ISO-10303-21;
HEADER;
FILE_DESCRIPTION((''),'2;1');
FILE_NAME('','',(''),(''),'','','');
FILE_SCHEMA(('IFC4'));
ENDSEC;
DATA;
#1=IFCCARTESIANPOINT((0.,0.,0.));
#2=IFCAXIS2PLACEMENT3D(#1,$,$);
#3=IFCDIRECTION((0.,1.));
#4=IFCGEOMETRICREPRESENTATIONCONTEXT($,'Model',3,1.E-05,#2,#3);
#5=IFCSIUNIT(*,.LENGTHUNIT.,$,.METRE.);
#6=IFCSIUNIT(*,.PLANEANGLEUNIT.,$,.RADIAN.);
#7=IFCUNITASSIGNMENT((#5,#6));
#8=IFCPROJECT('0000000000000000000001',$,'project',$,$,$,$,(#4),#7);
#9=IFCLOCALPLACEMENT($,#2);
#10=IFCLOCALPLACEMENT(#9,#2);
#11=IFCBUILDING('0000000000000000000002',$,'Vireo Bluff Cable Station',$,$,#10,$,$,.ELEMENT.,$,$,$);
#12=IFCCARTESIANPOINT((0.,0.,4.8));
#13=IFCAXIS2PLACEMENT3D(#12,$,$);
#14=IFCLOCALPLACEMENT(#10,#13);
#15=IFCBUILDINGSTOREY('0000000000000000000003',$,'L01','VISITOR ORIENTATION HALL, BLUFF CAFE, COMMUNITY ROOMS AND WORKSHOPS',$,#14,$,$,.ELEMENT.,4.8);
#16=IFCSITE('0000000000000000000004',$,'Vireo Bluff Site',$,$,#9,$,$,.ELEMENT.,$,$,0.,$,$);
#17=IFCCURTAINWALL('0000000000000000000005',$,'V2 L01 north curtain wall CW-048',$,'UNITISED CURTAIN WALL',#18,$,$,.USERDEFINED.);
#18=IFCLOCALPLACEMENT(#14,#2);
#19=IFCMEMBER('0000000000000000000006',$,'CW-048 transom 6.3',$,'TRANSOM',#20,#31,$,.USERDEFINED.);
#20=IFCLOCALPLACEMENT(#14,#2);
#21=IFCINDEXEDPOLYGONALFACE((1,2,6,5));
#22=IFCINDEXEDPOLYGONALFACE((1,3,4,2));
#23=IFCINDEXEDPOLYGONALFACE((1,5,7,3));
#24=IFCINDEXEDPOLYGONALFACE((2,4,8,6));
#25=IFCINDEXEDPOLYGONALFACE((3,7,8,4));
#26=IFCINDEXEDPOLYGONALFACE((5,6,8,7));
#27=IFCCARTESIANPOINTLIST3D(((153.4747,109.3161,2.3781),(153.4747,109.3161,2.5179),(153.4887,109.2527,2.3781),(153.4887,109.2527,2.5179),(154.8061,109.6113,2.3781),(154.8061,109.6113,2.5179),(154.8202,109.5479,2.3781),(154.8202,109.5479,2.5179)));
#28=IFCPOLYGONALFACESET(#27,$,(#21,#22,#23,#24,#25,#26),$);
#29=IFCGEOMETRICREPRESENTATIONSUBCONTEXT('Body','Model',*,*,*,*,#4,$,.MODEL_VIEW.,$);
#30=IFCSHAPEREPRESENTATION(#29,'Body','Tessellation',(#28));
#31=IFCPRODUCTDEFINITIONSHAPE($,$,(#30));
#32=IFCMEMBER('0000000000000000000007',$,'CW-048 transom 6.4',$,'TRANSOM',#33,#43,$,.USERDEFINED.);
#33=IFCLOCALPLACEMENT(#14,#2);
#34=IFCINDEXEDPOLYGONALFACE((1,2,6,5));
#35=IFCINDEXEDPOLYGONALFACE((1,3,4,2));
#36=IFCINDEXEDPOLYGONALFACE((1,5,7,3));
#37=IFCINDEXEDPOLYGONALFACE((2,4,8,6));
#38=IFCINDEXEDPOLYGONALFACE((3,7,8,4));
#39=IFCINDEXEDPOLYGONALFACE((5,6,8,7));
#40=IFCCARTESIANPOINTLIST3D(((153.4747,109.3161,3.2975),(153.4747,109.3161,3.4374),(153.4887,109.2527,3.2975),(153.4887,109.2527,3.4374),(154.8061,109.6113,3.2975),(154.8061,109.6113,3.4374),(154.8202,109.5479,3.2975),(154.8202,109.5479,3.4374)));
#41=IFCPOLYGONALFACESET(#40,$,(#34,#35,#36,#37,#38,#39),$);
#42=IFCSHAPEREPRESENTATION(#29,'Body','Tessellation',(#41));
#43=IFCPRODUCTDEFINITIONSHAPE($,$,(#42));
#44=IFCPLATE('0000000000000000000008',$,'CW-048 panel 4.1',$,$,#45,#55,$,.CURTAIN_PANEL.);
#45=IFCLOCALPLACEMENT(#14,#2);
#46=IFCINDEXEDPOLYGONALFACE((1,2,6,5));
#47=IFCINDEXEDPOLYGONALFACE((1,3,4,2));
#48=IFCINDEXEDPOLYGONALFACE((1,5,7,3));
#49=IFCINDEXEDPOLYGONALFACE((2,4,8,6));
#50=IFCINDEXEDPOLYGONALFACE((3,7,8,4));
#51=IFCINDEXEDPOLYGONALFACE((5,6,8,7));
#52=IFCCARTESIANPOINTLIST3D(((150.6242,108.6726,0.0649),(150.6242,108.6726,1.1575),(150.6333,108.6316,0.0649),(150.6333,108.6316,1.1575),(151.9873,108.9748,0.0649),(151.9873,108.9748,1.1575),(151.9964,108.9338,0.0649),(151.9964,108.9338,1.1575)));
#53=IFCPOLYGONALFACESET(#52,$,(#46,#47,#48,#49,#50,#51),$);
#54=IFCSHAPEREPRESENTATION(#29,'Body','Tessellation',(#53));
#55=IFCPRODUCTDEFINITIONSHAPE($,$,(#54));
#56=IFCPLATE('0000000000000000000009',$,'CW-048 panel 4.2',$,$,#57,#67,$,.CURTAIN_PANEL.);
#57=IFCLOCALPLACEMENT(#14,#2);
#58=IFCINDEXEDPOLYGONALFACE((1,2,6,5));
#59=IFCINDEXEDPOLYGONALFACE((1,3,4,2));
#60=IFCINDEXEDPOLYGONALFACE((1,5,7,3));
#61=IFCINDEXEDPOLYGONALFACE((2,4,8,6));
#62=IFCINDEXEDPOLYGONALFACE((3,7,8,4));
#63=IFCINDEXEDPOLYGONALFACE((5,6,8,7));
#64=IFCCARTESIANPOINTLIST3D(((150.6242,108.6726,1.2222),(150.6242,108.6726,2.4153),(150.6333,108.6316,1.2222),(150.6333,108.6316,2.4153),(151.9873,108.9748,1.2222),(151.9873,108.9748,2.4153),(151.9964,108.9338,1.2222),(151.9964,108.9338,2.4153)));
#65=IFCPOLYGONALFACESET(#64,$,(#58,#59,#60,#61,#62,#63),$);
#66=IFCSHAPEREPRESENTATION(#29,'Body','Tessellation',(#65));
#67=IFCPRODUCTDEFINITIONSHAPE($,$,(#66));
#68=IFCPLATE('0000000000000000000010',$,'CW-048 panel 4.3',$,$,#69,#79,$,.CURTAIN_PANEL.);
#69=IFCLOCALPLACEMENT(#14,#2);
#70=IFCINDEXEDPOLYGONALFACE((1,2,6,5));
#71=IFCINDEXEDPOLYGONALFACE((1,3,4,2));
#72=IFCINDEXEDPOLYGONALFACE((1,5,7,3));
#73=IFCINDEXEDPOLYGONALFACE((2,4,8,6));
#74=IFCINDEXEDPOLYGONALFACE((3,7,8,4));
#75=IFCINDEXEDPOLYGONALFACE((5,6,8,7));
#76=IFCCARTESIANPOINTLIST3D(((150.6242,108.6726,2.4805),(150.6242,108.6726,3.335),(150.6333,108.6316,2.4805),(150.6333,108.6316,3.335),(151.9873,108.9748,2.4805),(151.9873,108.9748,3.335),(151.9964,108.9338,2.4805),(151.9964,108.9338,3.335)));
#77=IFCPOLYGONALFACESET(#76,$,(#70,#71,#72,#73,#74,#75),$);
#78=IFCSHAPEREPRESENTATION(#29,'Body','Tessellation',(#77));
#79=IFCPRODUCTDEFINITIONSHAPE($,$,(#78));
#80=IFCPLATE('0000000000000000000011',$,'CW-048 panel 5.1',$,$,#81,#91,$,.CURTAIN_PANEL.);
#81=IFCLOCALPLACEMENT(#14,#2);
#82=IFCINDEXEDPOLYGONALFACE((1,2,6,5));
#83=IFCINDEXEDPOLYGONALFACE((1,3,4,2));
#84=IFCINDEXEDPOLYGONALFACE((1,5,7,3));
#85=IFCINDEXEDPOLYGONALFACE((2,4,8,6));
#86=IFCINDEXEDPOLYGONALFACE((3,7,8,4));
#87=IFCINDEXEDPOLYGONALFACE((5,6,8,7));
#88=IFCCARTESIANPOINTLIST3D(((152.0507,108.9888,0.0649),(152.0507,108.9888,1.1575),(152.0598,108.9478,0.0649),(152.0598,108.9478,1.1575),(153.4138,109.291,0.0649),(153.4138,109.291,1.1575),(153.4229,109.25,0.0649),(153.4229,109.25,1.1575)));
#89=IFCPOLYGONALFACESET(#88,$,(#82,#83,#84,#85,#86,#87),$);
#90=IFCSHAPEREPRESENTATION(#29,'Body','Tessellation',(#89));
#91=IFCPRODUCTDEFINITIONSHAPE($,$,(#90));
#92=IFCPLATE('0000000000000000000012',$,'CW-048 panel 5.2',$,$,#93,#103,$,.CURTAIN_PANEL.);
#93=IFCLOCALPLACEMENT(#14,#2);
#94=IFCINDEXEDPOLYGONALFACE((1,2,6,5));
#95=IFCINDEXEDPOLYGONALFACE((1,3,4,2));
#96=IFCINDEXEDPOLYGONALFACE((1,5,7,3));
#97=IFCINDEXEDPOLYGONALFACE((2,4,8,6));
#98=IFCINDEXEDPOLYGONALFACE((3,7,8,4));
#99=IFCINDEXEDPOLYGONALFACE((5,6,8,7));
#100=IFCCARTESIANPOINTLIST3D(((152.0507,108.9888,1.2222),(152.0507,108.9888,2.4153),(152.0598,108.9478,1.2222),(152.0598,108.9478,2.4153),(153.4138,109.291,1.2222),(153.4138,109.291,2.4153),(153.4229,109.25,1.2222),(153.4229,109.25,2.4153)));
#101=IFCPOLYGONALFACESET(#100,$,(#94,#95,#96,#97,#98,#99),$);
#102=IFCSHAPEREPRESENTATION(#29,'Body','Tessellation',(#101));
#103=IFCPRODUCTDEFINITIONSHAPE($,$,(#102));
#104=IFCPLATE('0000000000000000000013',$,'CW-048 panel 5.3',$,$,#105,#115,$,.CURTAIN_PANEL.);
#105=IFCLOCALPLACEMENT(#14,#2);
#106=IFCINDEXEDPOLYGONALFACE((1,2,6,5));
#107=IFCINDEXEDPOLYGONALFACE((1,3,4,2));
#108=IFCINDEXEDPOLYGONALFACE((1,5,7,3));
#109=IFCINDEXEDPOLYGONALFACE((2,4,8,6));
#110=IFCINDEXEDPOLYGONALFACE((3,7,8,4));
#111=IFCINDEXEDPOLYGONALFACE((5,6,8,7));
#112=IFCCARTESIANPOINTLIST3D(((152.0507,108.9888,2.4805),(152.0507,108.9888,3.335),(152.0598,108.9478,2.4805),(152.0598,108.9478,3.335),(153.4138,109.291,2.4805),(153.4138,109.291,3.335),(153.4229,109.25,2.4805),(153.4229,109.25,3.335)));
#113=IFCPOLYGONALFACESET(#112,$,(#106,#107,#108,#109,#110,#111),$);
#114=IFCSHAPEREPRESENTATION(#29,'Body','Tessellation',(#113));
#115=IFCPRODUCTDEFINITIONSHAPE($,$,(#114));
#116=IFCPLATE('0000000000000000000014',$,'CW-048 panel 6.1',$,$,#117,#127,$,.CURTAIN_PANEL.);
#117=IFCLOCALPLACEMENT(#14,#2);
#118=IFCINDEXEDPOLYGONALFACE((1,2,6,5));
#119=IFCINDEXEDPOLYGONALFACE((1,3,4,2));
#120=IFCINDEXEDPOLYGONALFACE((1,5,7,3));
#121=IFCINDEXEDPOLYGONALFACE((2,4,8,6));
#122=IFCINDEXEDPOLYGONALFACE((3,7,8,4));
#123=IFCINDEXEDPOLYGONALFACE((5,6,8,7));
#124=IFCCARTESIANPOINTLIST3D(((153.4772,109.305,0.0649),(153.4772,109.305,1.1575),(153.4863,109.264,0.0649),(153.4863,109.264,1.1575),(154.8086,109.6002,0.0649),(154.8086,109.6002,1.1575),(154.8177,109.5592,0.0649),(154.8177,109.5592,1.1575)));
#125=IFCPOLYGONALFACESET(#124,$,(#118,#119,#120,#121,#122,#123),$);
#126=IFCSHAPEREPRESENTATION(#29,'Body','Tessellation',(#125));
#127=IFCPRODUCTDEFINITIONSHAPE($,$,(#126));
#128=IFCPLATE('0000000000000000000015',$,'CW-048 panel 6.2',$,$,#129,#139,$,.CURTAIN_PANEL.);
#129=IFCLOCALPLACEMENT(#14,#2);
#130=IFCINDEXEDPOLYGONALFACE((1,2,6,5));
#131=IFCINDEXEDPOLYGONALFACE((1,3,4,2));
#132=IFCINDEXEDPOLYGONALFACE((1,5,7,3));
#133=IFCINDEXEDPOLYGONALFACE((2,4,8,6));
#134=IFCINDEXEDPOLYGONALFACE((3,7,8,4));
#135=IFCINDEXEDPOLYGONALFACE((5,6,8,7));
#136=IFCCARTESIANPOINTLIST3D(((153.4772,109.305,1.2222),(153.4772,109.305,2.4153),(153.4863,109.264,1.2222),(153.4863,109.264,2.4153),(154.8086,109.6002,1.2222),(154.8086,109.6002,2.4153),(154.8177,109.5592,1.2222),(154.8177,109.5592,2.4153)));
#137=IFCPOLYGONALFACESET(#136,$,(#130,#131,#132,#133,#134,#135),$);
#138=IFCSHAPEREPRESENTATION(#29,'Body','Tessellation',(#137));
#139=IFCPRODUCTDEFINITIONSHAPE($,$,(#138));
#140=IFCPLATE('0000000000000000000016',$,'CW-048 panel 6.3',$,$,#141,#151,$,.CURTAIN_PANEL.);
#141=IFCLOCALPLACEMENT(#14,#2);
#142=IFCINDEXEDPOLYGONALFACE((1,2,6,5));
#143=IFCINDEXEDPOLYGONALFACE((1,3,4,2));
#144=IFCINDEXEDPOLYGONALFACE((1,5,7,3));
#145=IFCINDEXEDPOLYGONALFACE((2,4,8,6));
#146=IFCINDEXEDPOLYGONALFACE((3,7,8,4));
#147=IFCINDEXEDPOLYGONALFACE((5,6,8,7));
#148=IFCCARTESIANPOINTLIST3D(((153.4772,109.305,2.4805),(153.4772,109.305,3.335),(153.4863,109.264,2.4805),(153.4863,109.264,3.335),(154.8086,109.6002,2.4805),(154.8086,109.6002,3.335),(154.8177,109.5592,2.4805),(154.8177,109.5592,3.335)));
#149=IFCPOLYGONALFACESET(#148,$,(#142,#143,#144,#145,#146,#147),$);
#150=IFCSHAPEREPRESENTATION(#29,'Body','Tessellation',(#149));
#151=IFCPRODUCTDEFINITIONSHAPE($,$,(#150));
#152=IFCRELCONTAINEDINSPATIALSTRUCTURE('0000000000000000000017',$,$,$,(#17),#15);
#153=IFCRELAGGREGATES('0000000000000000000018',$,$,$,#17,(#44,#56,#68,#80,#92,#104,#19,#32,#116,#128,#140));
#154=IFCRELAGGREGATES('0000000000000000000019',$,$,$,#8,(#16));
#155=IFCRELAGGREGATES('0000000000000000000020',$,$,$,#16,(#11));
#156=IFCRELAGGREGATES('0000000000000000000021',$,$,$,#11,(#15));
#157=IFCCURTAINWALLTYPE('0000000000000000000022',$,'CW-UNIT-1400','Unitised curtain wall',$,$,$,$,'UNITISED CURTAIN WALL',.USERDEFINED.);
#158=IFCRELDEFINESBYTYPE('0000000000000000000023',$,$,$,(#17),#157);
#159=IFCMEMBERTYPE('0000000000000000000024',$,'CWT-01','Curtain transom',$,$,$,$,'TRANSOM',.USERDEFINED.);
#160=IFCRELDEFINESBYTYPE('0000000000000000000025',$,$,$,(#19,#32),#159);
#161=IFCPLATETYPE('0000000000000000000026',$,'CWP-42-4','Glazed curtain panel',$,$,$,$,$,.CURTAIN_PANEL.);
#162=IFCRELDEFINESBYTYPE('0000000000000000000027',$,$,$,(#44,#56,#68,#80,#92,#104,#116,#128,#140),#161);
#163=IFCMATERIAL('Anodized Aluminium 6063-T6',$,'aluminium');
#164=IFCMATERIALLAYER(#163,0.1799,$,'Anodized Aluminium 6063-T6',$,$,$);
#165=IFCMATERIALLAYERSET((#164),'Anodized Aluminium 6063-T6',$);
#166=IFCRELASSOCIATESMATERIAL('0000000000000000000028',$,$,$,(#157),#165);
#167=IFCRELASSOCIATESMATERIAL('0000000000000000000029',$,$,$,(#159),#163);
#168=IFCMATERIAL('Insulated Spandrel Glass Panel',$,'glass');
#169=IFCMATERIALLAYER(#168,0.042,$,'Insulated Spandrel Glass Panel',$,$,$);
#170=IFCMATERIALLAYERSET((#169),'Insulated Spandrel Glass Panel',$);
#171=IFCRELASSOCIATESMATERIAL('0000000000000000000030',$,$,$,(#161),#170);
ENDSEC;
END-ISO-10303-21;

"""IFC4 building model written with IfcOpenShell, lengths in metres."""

from ifc_helpers import new_model, si_unit, direction, frame, origin, origin_2d, place, context, subcontext, project, spatial, rectangle, extrude, material, layer, layer_set, material_profile, profile_set, type_object, element, aggregate, save


model = new_model("IFC4")

# Units and contexts
model_context = context("Model", 3, precision=1e-05, world=origin(), true_north=direction((0.0, 1.0)))
body_context = subcontext(model_context, "Body", "Model", "MODEL_VIEW")
ifc_project = project(units=[si_unit("LENGTHUNIT", "METRE"), si_unit("PLANEANGLEUNIT", "RADIAN")], contexts=[model_context])

# Site, building, storey
site_placement = place(None, origin())
site = spatial("IfcSite", under=ifc_project, at=site_placement, Name="Vireo Bluff Site", CompositionType="ELEMENT", RefElevation=0.0)
building_placement = place(site_placement, origin())
building = spatial("IfcBuilding", under=site, at=building_placement, Name="Vireo Bluff Cable Station", CompositionType="ELEMENT")
storey_placement = place(building_placement, frame((0.0, 0.0, 4.8)))
storey = spatial("IfcBuildingStorey", under=building, at=storey_placement, Name="L01", Description="VISITOR ORIENTATION HALL, BLUFF CAFE, COMMUNITY ROOMS AND WORKSHOPS", CompositionType="ELEMENT", Elevation=4.8)

# Curtain wall, members, plates
ifc_material_1 = material(Name="Anodized Aluminium 6063-T6", Category="aluminium")
ifc_layer_1 = layer(ifc_material_1, 0.1799, Name="Anodized Aluminium 6063-T6")
ifc_layer_set_1 = layer_set([ifc_layer_1], Name="Anodized Aluminium 6063-T6")
curtain_wall_type = type_object("IfcCurtainWallType", Name="CW-UNIT-1400", Description="Unitised curtain wall", ElementType="UNITISED CURTAIN WALL", PredefinedType="USERDEFINED", material=ifc_layer_set_1)
curtain_wall_placement = place(storey_placement, origin())
curtain_wall = element("IfcCurtainWall", 1, at=curtain_wall_placement, inside=storey, type_object=curtain_wall_type, Name="V2 L01 north curtain wall CW-048", ObjectType="UNITISED CURTAIN WALL", PredefinedType="USERDEFINED")
ifc_material_profile_1 = material_profile(ifc_material_1, rectangle(XDim=0.0649, YDim=0.1399, at=origin_2d()), Name="ALU-T-65X140")
ifc_profile_set_1 = profile_set([ifc_material_profile_1], Name="Anodized Aluminium 6063-T6")
member_type_1 = type_object("IfcMemberType", Name="CWT-01", Description="Curtain transom", ElementType="TRANSOM", PredefinedType="USERDEFINED", material=ifc_profile_set_1)
member_1_placement = place(storey_placement, frame((153.4817, 109.2844, 2.448), z_axis=(0.976301, 0.216419, 0.0), x_axis=(-0.216419, 0.976301, 0.0)))
member_1 = element("IfcMember", 2, at=member_1_placement, type_object=member_type_1, Name="CW-048 transom 6.3", ObjectType="TRANSOM", PredefinedType="USERDEFINED", context=body_context, shape_type="SweptSolid", body=[
    extrude(rectangle(XDim=0.0649, YDim=0.1399, at=origin_2d()), origin(), (0.0, 0.0, 1.0), 1.3638),
])
member_2_placement = place(storey_placement, frame((153.4817, 109.2844, 3.3674), z_axis=(0.976301, 0.216419, 0.0), x_axis=(-0.216419, 0.976301, 0.0)))
member_2 = element("IfcMember", 3, at=member_2_placement, type_object=member_type_1, Name="CW-048 transom 6.4", ObjectType="TRANSOM", PredefinedType="USERDEFINED", context=body_context, shape_type="SweptSolid", body=[
    extrude(rectangle(XDim=0.0649, YDim=0.1399, at=origin_2d()), origin(), (0.0, 0.0, 1.0), 1.3638),
])
ifc_material_2 = material(Name="Insulated Spandrel Glass Panel", Category="glass")
ifc_layer_2 = layer(ifc_material_2, 0.042, Name="Insulated Spandrel Glass Panel")
ifc_layer_set_2 = layer_set([ifc_layer_2], Name="Insulated Spandrel Glass Panel")
plate_type = type_object("IfcPlateType", Name="CWP-42-4", Description="Glazed curtain panel", PredefinedType="CURTAIN_PANEL", material=ifc_layer_set_2)
plate_1_placement = place(storey_placement, frame((151.3103, 108.8032, 0.0649), z_axis=(0.0, 0.0, 1.0), x_axis=(0.976296, 0.21644, 0.0)))
plate_1 = element("IfcPlate", 4, at=plate_1_placement, type_object=plate_type, Name="CW-048 panel 4.1", PredefinedType="CURTAIN_PANEL", context=body_context, shape_type="SweptSolid", body=[
    extrude(rectangle(XDim=1.3962, YDim=0.042, at=origin_2d()), origin(), (0.0, 0.0, 1.0), 1.0925),
])
plate_2_placement = place(storey_placement, frame((151.3103, 108.8032, 1.2222), z_axis=(0.0, 0.0, 1.0), x_axis=(0.976296, 0.21644, 0.0)))
plate_2 = element("IfcPlate", 5, at=plate_2_placement, type_object=plate_type, Name="CW-048 panel 4.2", PredefinedType="CURTAIN_PANEL", context=body_context, shape_type="SweptSolid", body=[
    extrude(rectangle(XDim=1.3962, YDim=0.042, at=origin_2d()), origin(), (0.0, 0.0, 1.0), 1.1931),
])
plate_3_placement = place(storey_placement, frame((151.3103, 108.8032, 2.4805), z_axis=(0.0, 0.0, 1.0), x_axis=(0.976296, 0.21644, 0.0)))
plate_3 = element("IfcPlate", 6, at=plate_3_placement, type_object=plate_type, Name="CW-048 panel 4.3", PredefinedType="CURTAIN_PANEL", context=body_context, shape_type="SweptSolid", body=[
    extrude(rectangle(XDim=1.3962, YDim=0.042, at=origin_2d()), origin(), (0.0, 0.0, 1.0), 0.8545),
])
plate_4_placement = place(storey_placement, frame((152.7368, 109.1194, 0.0649), z_axis=(0.0, 0.0, 1.0), x_axis=(0.976296, 0.21644, 0.0)))
plate_4 = element("IfcPlate", 7, at=plate_4_placement, type_object=plate_type, Name="CW-048 panel 5.1", PredefinedType="CURTAIN_PANEL", context=body_context, shape_type="SweptSolid", body=[
    extrude(rectangle(XDim=1.3962, YDim=0.042, at=origin_2d()), origin(), (0.0, 0.0, 1.0), 1.0925),
])
plate_5_placement = place(storey_placement, frame((152.7368, 109.1194, 1.2222), z_axis=(0.0, 0.0, 1.0), x_axis=(0.976296, 0.21644, 0.0)))
plate_5 = element("IfcPlate", 8, at=plate_5_placement, type_object=plate_type, Name="CW-048 panel 5.2", PredefinedType="CURTAIN_PANEL", context=body_context, shape_type="SweptSolid", body=[
    extrude(rectangle(XDim=1.3962, YDim=0.042, at=origin_2d()), origin(), (0.0, 0.0, 1.0), 1.1931),
])
plate_6_placement = place(storey_placement, frame((152.7368, 109.1194, 2.4805), z_axis=(0.0, 0.0, 1.0), x_axis=(0.976296, 0.21644, 0.0)))
plate_6 = element("IfcPlate", 9, at=plate_6_placement, type_object=plate_type, Name="CW-048 panel 5.3", PredefinedType="CURTAIN_PANEL", context=body_context, shape_type="SweptSolid", body=[
    extrude(rectangle(XDim=1.3962, YDim=0.042, at=origin_2d()), origin(), (0.0, 0.0, 1.0), 0.8545),
])
plate_7_placement = place(storey_placement, frame((154.1475, 109.4321, 0.0649), z_axis=(0.0, 0.0, 1.0), x_axis=(0.976296, 0.21644, 0.0)))
plate_7 = element("IfcPlate", 10, at=plate_7_placement, type_object=plate_type, Name="CW-048 panel 6.1", PredefinedType="CURTAIN_PANEL", context=body_context, shape_type="SweptSolid", body=[
    extrude(rectangle(XDim=1.3638, YDim=0.042, at=origin_2d()), origin(), (0.0, 0.0, 1.0), 1.0925),
])
plate_8_placement = place(storey_placement, frame((154.1475, 109.4321, 1.2222), z_axis=(0.0, 0.0, 1.0), x_axis=(0.976296, 0.21644, 0.0)))
plate_8 = element("IfcPlate", 11, at=plate_8_placement, type_object=plate_type, Name="CW-048 panel 6.2", PredefinedType="CURTAIN_PANEL", context=body_context, shape_type="SweptSolid", body=[
    extrude(rectangle(XDim=1.3638, YDim=0.042, at=origin_2d()), origin(), (0.0, 0.0, 1.0), 1.1931),
])
plate_9_placement = place(storey_placement, frame((154.1475, 109.4321, 2.4805), z_axis=(0.0, 0.0, 1.0), x_axis=(0.976296, 0.21644, 0.0)))
plate_9 = element("IfcPlate", 12, at=plate_9_placement, type_object=plate_type, Name="CW-048 panel 6.3", PredefinedType="CURTAIN_PANEL", context=body_context, shape_type="SweptSolid", body=[
    extrude(rectangle(XDim=1.3638, YDim=0.042, at=origin_2d()), origin(), (0.0, 0.0, 1.0), 0.8545),
])
aggregate(curtain_wall, [plate_1, plate_2, plate_3, plate_4, plate_5, plate_6, member_1, member_2, plate_7, plate_8, plate_9])

save(model, "model.ifc")
